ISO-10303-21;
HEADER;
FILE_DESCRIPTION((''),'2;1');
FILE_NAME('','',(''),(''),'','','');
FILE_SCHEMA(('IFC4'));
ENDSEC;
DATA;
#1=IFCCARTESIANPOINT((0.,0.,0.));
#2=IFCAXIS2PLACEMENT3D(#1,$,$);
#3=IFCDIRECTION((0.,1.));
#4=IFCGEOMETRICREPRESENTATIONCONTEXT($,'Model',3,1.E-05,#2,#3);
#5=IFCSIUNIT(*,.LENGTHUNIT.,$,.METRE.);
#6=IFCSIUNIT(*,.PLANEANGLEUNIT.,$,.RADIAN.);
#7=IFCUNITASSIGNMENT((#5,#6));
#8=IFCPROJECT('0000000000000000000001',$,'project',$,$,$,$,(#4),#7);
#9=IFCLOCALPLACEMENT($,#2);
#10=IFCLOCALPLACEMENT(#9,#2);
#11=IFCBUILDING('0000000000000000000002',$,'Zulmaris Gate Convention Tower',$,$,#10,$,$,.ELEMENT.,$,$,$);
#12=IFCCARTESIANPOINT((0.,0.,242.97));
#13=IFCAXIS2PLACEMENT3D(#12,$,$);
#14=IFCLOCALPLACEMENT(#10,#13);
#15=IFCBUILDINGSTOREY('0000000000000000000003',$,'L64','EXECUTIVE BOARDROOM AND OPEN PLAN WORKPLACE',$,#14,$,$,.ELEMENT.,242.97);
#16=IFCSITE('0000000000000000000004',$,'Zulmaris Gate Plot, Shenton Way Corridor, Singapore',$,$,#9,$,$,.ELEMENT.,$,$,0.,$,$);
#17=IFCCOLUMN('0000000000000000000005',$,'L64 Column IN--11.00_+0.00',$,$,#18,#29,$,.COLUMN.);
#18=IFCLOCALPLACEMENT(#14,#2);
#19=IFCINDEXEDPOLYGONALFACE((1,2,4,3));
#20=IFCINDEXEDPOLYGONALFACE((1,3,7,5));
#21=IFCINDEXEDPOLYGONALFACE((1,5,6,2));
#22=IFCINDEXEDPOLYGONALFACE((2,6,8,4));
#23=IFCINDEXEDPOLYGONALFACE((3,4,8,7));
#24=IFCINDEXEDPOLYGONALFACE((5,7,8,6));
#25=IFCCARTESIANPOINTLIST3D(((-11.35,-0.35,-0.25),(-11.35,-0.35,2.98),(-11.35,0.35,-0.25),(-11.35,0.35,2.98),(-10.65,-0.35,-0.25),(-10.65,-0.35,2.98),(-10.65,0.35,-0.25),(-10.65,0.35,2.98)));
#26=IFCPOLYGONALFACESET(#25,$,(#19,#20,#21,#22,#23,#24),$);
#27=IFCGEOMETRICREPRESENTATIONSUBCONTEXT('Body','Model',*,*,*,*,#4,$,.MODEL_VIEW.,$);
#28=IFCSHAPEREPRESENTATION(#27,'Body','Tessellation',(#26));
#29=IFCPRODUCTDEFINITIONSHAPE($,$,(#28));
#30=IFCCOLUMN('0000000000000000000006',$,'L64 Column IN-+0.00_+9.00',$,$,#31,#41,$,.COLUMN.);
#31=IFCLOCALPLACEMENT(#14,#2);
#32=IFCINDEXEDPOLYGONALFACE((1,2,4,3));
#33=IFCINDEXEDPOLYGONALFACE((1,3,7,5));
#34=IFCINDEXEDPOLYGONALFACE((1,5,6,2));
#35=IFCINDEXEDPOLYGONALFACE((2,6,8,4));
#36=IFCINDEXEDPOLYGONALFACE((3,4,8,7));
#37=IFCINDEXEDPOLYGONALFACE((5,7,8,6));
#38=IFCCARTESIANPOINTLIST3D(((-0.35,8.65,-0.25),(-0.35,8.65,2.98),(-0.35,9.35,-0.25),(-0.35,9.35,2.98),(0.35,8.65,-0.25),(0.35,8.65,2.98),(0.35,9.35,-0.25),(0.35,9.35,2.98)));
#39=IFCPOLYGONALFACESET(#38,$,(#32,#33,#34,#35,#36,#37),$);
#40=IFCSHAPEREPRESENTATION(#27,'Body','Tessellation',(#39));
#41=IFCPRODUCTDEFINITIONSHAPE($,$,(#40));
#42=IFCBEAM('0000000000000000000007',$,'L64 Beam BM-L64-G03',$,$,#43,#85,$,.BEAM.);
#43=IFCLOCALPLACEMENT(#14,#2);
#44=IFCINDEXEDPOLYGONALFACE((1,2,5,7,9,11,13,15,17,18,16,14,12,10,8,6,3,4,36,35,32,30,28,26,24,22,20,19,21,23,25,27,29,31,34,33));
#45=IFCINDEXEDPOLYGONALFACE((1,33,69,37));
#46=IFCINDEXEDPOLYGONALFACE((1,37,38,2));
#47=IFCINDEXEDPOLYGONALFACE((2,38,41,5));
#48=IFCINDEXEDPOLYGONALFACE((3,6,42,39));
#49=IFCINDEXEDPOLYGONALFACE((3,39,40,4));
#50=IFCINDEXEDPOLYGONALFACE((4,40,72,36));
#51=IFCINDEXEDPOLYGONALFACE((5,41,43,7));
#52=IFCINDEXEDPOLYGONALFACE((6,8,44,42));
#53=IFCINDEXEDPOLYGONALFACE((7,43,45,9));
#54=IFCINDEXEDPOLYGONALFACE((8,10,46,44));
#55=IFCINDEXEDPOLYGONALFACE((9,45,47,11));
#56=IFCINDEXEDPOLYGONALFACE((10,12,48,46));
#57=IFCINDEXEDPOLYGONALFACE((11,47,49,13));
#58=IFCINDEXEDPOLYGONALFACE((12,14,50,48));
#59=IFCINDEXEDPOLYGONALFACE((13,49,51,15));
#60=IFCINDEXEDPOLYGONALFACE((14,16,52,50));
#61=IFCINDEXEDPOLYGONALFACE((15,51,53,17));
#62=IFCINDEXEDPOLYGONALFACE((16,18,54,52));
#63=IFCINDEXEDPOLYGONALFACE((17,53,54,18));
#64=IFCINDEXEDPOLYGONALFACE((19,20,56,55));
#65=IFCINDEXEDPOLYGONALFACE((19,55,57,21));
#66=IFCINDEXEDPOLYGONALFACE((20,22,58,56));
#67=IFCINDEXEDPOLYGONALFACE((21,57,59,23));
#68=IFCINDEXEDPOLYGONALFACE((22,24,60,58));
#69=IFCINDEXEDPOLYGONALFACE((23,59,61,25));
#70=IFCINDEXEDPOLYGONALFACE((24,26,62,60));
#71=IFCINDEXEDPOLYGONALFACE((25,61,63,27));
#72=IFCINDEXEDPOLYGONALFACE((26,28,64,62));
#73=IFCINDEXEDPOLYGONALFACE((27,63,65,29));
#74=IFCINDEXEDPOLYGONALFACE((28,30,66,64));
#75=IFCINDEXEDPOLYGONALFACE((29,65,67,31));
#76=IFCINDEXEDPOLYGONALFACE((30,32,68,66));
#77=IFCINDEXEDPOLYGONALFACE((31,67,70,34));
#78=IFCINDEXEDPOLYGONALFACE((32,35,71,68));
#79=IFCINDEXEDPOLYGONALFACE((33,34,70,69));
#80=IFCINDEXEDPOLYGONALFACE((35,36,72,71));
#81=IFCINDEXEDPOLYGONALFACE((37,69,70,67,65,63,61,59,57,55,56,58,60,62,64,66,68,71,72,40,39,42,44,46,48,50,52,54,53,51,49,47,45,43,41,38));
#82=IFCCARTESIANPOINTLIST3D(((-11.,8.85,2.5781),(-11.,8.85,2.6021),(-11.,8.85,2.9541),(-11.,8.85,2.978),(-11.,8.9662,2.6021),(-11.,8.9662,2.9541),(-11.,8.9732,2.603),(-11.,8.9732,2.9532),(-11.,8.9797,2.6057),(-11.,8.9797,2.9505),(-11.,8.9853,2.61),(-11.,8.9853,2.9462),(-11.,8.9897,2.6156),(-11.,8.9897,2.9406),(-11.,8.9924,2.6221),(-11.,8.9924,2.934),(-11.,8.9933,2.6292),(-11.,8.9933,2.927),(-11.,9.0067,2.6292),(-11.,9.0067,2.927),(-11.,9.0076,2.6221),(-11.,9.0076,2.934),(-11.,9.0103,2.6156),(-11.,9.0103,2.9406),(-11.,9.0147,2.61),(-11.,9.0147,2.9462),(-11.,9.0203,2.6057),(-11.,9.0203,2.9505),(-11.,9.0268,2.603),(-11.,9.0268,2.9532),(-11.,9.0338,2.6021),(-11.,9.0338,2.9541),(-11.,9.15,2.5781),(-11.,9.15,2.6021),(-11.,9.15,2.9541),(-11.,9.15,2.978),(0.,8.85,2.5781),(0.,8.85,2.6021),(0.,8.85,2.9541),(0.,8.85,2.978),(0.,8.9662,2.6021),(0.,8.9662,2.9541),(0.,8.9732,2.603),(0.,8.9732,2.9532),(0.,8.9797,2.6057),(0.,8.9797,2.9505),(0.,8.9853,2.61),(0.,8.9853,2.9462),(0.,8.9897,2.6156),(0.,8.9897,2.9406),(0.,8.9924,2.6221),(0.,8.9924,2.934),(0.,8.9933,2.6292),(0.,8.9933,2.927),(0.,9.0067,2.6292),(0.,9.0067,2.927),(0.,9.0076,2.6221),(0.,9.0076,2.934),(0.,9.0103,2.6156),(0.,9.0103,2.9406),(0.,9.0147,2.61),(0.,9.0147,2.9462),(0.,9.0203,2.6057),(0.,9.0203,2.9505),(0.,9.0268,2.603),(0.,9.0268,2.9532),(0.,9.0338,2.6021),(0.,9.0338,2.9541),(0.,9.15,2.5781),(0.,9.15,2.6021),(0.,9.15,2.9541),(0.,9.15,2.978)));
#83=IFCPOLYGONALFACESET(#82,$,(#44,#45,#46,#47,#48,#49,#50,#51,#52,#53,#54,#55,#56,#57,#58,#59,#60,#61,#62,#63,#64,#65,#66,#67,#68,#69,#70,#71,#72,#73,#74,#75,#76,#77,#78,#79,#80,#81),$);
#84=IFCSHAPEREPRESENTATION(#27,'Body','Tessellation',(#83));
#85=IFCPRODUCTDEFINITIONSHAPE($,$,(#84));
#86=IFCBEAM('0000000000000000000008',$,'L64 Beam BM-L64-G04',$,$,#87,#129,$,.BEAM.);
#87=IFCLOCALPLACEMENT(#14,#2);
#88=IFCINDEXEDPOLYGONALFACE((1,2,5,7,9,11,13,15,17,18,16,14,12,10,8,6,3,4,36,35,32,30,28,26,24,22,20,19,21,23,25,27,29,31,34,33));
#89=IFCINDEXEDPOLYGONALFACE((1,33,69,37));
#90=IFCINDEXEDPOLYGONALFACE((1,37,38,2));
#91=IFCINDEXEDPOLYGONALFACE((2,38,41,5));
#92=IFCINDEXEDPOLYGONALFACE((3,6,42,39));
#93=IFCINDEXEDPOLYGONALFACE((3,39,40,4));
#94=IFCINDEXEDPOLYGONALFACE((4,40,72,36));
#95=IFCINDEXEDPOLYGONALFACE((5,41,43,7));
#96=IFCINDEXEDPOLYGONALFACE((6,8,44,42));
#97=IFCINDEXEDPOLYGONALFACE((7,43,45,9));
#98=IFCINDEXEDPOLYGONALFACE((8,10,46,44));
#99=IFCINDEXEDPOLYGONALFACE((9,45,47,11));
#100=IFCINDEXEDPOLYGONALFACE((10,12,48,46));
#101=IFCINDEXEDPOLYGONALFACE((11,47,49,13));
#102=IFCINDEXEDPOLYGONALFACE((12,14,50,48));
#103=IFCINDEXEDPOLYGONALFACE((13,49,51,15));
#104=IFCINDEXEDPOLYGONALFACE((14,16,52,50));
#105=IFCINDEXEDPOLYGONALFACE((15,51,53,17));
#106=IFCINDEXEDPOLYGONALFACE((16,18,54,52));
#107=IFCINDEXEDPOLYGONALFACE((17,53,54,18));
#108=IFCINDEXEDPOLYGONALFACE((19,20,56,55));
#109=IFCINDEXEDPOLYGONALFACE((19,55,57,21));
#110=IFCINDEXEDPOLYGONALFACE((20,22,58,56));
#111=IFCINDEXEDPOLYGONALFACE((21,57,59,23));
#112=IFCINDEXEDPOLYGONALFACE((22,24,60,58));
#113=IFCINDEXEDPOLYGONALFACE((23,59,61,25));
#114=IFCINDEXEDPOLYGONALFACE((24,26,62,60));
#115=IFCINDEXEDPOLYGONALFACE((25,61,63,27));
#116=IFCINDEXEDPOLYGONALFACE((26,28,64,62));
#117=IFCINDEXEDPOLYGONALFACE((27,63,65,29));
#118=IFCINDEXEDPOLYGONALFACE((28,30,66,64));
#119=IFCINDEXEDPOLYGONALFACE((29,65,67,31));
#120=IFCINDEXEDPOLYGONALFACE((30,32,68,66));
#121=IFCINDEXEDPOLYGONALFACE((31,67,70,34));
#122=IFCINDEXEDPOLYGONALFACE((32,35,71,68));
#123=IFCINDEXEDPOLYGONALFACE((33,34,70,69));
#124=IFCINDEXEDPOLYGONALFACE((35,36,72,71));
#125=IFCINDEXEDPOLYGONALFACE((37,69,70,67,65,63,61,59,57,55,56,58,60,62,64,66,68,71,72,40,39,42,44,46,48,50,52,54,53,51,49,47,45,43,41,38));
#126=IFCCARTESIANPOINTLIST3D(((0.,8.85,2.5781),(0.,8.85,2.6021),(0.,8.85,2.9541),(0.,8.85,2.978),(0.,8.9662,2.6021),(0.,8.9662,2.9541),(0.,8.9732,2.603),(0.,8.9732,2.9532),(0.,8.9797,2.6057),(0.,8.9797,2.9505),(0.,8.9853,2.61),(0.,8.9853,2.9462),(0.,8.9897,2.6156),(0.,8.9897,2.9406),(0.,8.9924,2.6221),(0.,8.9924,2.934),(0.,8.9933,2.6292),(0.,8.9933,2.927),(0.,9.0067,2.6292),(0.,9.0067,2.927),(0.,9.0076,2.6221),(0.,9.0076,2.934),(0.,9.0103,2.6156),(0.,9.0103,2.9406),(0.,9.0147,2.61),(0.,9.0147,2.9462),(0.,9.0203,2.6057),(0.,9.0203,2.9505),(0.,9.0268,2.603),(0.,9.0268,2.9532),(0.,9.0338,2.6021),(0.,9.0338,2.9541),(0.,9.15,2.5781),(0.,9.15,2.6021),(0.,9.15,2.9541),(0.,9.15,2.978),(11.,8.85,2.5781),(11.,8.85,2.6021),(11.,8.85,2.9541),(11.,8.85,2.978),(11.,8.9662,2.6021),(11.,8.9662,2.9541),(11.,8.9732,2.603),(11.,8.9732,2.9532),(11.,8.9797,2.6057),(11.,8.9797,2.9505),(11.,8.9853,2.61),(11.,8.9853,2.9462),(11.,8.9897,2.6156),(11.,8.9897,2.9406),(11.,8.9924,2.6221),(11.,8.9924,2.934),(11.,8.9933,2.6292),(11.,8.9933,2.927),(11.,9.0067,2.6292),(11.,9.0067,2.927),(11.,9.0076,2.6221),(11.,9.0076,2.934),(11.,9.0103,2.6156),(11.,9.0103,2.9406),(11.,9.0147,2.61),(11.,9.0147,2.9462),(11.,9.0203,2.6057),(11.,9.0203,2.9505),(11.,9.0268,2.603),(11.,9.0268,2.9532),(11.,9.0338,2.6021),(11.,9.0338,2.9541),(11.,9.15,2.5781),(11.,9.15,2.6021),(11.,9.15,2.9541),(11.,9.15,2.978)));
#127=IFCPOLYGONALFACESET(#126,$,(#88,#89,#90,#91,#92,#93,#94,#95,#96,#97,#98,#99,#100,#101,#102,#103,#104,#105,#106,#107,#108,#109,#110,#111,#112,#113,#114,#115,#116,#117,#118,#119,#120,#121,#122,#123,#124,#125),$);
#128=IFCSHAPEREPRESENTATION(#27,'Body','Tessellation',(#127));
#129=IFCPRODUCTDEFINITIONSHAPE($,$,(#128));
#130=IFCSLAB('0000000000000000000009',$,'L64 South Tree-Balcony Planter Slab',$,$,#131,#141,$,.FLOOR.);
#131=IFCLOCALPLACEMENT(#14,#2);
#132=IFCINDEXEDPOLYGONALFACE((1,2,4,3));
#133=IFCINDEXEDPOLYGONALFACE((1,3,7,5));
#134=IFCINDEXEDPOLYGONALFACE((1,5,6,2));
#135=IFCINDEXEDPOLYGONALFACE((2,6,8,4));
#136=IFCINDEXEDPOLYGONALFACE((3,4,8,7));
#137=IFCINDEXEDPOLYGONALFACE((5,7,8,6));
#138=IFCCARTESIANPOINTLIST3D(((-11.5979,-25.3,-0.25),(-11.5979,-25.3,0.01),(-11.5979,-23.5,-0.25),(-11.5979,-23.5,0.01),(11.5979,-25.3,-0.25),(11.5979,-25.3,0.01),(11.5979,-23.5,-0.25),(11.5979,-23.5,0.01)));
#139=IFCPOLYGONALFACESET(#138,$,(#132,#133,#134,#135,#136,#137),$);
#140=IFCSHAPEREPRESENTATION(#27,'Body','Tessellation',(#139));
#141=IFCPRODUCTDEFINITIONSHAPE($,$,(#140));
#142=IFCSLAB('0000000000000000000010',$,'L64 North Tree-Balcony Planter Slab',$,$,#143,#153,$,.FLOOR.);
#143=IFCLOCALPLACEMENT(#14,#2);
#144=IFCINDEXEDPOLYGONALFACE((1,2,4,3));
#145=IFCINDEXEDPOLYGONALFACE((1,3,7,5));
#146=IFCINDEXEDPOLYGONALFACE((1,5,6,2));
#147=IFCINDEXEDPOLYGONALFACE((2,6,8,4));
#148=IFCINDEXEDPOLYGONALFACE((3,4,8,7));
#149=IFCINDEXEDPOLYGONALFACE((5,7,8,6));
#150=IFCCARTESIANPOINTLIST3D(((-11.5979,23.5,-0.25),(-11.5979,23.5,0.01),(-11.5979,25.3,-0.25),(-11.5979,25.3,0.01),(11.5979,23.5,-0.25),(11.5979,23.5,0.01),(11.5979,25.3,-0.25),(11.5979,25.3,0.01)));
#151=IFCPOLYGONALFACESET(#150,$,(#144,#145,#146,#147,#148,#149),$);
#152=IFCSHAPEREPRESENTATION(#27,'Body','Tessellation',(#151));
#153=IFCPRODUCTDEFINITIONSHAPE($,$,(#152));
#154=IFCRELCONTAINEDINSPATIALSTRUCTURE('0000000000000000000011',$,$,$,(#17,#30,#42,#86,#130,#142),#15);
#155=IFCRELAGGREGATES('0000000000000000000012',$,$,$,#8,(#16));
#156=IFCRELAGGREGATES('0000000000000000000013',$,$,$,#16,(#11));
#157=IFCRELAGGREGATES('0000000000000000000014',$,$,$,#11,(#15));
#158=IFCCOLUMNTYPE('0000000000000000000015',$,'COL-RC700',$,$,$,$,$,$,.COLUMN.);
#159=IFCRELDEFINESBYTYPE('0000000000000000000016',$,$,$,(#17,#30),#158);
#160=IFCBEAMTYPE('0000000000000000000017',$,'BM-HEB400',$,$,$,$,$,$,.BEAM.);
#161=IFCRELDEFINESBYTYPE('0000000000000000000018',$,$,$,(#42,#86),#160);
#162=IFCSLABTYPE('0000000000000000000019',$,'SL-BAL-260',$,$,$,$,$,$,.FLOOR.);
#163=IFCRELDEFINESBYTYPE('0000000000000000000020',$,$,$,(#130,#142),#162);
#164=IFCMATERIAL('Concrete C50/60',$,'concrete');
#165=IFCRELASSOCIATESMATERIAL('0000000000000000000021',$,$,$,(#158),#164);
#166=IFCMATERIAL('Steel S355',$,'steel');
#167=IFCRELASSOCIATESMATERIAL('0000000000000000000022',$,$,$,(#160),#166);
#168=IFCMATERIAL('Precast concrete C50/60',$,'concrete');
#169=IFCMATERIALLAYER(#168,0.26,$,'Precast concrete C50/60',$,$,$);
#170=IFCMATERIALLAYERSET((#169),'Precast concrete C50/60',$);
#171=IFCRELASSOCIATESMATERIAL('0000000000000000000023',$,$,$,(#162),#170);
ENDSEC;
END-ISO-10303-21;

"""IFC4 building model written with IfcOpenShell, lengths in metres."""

from ifc_helpers import new_model, si_unit, direction, frame, origin, origin_2d, place, context, subcontext, project, spatial, polyline, rectangle, i_section, outline, extrude, material, layer, layer_set, material_profile, profile_set, type_object, element, save


model = new_model("IFC4")

# Units and contexts
model_context = context("Model", 3, precision=1e-05, world=origin(), true_north=direction((0.0, 1.0)))
body_context = subcontext(model_context, "Body", "Model", "MODEL_VIEW")
ifc_project = project(units=[si_unit("LENGTHUNIT", "METRE"), si_unit("PLANEANGLEUNIT", "RADIAN")], contexts=[model_context])

# Site, building, storey
site_placement = place(None, origin())
site = spatial("IfcSite", under=ifc_project, at=site_placement, Name="Zulmaris Gate Plot, Shenton Way Corridor, Singapore", CompositionType="ELEMENT", RefElevation=0.0)
building_placement = place(site_placement, origin())
building = spatial("IfcBuilding", under=site, at=building_placement, Name="Zulmaris Gate Convention Tower", CompositionType="ELEMENT")
storey_placement = place(building_placement, frame((0.0, 0.0, 242.97)))
storey = spatial("IfcBuildingStorey", under=building, at=storey_placement, Name="L64", Description="EXECUTIVE BOARDROOM AND OPEN PLAN WORKPLACE", CompositionType="ELEMENT", Elevation=242.97)

# Columns
ifc_material_1 = material(Name="Concrete C50/60", Category="concrete")
ifc_material_profile_1 = material_profile(ifc_material_1, rectangle(XDim=0.7, YDim=0.7, at=origin_2d()), Name="RC COL 700x700")
ifc_profile_set_1 = profile_set([ifc_material_profile_1], Name="Concrete C50/60")
column_type = type_object("IfcColumnType", Name="COL-RC700", PredefinedType="COLUMN", material=ifc_profile_set_1)
for number, where, z_axis, x_axis, name in (
    (1, (-11.0, 0.0, -0.25), (0.0, 0.0, 1.0), (1.0, 0.0, 0.0), "L64 Column IN--11.00_+0.00"),
    (2, (0.0, 9.0, -0.25), (0.0, 0.0, 1.0), (1.0, 0.0, 0.0), "L64 Column IN-+0.00_+9.00"),
):
    element("IfcColumn", number, at=place(storey_placement, frame(where, z_axis=z_axis, x_axis=x_axis)), inside=storey, type_object=column_type, Name=name, PredefinedType="COLUMN", context=body_context, shape_type="SweptSolid", body=[
        extrude(rectangle(XDim=0.7, YDim=0.7, at=origin_2d()), origin(), (0.0, 0.0, 1.0), 3.23),
    ])

# Beams
ifc_material_2 = material(Name="Steel S355", Category="steel")
ifc_material_profile_2 = material_profile(ifc_material_2, i_section(OverallWidth=0.3, OverallDepth=0.3999, WebThickness=0.0134, FlangeThickness=0.0239, FilletRadius=0.0271, at=origin_2d()), Name="HEB 400")
ifc_profile_set_2 = profile_set([ifc_material_profile_2], Name="Steel S355")
beam_type = type_object("IfcBeamType", Name="BM-HEB400", PredefinedType="BEAM", material=ifc_profile_set_2)
for number, where, z_axis, x_axis, name in (
    (3, (-11.0, 9.0, 2.7781), (1.0, 0.0, 0.0), (0.0, 1.0, 0.0), "L64 Beam BM-L64-G03"),
    (4, (0.0, 9.0, 2.7781), (1.0, 0.0, 0.0), (0.0, 1.0, 0.0), "L64 Beam BM-L64-G04"),
):
    element("IfcBeam", number, at=place(storey_placement, frame(where, z_axis=z_axis, x_axis=x_axis)), inside=storey, type_object=beam_type, Name=name, PredefinedType="BEAM", context=body_context, shape_type="SweptSolid", body=[
        extrude(i_section(OverallWidth=0.3, OverallDepth=0.3999, WebThickness=0.0134, FlangeThickness=0.0239, FilletRadius=0.0271, at=origin_2d()), origin(), (0.0, 0.0, 1.0), 11.0),
    ])

# Slabs
ifc_material_3 = material(Name="Precast concrete C50/60", Category="concrete")
ifc_layer_1 = layer(ifc_material_3, 0.26, Name="Precast concrete C50/60")
ifc_layer_set_1 = layer_set([ifc_layer_1], Name="Precast concrete C50/60")
slab_type_1 = type_object("IfcSlabType", Name="SL-BAL-260", PredefinedType="FLOOR", material=ifc_layer_set_1)
slab_1_placement = place(storey_placement, frame((0.0, 0.0, -0.25)))
element("IfcSlab", 5, at=slab_1_placement, inside=storey, type_object=slab_type_1, Name="L64 South Tree-Balcony Planter Slab", PredefinedType="FLOOR", context=body_context, shape_type="SweptSolid", body=[
    extrude(outline(polyline([(-11.5979, -25.3), (-11.5979, -23.5), (11.5979, -23.5), (11.5979, -25.3), (-11.5979, -25.3)])), origin(), (0.0, 0.0, 1.0), 0.26),
])
slab_2_placement = place(storey_placement, frame((0.0, 0.0, -0.25)))
element("IfcSlab", 6, at=slab_2_placement, inside=storey, type_object=slab_type_1, Name="L64 North Tree-Balcony Planter Slab", PredefinedType="FLOOR", context=body_context, shape_type="SweptSolid", body=[
    extrude(outline(polyline([(11.5979, 25.3), (11.5979, 23.5), (-11.5979, 23.5), (-11.5979, 25.3), (11.5979, 25.3)])), origin(), (0.0, 0.0, 1.0), 0.26),
])

save(model, "model.ifc")
